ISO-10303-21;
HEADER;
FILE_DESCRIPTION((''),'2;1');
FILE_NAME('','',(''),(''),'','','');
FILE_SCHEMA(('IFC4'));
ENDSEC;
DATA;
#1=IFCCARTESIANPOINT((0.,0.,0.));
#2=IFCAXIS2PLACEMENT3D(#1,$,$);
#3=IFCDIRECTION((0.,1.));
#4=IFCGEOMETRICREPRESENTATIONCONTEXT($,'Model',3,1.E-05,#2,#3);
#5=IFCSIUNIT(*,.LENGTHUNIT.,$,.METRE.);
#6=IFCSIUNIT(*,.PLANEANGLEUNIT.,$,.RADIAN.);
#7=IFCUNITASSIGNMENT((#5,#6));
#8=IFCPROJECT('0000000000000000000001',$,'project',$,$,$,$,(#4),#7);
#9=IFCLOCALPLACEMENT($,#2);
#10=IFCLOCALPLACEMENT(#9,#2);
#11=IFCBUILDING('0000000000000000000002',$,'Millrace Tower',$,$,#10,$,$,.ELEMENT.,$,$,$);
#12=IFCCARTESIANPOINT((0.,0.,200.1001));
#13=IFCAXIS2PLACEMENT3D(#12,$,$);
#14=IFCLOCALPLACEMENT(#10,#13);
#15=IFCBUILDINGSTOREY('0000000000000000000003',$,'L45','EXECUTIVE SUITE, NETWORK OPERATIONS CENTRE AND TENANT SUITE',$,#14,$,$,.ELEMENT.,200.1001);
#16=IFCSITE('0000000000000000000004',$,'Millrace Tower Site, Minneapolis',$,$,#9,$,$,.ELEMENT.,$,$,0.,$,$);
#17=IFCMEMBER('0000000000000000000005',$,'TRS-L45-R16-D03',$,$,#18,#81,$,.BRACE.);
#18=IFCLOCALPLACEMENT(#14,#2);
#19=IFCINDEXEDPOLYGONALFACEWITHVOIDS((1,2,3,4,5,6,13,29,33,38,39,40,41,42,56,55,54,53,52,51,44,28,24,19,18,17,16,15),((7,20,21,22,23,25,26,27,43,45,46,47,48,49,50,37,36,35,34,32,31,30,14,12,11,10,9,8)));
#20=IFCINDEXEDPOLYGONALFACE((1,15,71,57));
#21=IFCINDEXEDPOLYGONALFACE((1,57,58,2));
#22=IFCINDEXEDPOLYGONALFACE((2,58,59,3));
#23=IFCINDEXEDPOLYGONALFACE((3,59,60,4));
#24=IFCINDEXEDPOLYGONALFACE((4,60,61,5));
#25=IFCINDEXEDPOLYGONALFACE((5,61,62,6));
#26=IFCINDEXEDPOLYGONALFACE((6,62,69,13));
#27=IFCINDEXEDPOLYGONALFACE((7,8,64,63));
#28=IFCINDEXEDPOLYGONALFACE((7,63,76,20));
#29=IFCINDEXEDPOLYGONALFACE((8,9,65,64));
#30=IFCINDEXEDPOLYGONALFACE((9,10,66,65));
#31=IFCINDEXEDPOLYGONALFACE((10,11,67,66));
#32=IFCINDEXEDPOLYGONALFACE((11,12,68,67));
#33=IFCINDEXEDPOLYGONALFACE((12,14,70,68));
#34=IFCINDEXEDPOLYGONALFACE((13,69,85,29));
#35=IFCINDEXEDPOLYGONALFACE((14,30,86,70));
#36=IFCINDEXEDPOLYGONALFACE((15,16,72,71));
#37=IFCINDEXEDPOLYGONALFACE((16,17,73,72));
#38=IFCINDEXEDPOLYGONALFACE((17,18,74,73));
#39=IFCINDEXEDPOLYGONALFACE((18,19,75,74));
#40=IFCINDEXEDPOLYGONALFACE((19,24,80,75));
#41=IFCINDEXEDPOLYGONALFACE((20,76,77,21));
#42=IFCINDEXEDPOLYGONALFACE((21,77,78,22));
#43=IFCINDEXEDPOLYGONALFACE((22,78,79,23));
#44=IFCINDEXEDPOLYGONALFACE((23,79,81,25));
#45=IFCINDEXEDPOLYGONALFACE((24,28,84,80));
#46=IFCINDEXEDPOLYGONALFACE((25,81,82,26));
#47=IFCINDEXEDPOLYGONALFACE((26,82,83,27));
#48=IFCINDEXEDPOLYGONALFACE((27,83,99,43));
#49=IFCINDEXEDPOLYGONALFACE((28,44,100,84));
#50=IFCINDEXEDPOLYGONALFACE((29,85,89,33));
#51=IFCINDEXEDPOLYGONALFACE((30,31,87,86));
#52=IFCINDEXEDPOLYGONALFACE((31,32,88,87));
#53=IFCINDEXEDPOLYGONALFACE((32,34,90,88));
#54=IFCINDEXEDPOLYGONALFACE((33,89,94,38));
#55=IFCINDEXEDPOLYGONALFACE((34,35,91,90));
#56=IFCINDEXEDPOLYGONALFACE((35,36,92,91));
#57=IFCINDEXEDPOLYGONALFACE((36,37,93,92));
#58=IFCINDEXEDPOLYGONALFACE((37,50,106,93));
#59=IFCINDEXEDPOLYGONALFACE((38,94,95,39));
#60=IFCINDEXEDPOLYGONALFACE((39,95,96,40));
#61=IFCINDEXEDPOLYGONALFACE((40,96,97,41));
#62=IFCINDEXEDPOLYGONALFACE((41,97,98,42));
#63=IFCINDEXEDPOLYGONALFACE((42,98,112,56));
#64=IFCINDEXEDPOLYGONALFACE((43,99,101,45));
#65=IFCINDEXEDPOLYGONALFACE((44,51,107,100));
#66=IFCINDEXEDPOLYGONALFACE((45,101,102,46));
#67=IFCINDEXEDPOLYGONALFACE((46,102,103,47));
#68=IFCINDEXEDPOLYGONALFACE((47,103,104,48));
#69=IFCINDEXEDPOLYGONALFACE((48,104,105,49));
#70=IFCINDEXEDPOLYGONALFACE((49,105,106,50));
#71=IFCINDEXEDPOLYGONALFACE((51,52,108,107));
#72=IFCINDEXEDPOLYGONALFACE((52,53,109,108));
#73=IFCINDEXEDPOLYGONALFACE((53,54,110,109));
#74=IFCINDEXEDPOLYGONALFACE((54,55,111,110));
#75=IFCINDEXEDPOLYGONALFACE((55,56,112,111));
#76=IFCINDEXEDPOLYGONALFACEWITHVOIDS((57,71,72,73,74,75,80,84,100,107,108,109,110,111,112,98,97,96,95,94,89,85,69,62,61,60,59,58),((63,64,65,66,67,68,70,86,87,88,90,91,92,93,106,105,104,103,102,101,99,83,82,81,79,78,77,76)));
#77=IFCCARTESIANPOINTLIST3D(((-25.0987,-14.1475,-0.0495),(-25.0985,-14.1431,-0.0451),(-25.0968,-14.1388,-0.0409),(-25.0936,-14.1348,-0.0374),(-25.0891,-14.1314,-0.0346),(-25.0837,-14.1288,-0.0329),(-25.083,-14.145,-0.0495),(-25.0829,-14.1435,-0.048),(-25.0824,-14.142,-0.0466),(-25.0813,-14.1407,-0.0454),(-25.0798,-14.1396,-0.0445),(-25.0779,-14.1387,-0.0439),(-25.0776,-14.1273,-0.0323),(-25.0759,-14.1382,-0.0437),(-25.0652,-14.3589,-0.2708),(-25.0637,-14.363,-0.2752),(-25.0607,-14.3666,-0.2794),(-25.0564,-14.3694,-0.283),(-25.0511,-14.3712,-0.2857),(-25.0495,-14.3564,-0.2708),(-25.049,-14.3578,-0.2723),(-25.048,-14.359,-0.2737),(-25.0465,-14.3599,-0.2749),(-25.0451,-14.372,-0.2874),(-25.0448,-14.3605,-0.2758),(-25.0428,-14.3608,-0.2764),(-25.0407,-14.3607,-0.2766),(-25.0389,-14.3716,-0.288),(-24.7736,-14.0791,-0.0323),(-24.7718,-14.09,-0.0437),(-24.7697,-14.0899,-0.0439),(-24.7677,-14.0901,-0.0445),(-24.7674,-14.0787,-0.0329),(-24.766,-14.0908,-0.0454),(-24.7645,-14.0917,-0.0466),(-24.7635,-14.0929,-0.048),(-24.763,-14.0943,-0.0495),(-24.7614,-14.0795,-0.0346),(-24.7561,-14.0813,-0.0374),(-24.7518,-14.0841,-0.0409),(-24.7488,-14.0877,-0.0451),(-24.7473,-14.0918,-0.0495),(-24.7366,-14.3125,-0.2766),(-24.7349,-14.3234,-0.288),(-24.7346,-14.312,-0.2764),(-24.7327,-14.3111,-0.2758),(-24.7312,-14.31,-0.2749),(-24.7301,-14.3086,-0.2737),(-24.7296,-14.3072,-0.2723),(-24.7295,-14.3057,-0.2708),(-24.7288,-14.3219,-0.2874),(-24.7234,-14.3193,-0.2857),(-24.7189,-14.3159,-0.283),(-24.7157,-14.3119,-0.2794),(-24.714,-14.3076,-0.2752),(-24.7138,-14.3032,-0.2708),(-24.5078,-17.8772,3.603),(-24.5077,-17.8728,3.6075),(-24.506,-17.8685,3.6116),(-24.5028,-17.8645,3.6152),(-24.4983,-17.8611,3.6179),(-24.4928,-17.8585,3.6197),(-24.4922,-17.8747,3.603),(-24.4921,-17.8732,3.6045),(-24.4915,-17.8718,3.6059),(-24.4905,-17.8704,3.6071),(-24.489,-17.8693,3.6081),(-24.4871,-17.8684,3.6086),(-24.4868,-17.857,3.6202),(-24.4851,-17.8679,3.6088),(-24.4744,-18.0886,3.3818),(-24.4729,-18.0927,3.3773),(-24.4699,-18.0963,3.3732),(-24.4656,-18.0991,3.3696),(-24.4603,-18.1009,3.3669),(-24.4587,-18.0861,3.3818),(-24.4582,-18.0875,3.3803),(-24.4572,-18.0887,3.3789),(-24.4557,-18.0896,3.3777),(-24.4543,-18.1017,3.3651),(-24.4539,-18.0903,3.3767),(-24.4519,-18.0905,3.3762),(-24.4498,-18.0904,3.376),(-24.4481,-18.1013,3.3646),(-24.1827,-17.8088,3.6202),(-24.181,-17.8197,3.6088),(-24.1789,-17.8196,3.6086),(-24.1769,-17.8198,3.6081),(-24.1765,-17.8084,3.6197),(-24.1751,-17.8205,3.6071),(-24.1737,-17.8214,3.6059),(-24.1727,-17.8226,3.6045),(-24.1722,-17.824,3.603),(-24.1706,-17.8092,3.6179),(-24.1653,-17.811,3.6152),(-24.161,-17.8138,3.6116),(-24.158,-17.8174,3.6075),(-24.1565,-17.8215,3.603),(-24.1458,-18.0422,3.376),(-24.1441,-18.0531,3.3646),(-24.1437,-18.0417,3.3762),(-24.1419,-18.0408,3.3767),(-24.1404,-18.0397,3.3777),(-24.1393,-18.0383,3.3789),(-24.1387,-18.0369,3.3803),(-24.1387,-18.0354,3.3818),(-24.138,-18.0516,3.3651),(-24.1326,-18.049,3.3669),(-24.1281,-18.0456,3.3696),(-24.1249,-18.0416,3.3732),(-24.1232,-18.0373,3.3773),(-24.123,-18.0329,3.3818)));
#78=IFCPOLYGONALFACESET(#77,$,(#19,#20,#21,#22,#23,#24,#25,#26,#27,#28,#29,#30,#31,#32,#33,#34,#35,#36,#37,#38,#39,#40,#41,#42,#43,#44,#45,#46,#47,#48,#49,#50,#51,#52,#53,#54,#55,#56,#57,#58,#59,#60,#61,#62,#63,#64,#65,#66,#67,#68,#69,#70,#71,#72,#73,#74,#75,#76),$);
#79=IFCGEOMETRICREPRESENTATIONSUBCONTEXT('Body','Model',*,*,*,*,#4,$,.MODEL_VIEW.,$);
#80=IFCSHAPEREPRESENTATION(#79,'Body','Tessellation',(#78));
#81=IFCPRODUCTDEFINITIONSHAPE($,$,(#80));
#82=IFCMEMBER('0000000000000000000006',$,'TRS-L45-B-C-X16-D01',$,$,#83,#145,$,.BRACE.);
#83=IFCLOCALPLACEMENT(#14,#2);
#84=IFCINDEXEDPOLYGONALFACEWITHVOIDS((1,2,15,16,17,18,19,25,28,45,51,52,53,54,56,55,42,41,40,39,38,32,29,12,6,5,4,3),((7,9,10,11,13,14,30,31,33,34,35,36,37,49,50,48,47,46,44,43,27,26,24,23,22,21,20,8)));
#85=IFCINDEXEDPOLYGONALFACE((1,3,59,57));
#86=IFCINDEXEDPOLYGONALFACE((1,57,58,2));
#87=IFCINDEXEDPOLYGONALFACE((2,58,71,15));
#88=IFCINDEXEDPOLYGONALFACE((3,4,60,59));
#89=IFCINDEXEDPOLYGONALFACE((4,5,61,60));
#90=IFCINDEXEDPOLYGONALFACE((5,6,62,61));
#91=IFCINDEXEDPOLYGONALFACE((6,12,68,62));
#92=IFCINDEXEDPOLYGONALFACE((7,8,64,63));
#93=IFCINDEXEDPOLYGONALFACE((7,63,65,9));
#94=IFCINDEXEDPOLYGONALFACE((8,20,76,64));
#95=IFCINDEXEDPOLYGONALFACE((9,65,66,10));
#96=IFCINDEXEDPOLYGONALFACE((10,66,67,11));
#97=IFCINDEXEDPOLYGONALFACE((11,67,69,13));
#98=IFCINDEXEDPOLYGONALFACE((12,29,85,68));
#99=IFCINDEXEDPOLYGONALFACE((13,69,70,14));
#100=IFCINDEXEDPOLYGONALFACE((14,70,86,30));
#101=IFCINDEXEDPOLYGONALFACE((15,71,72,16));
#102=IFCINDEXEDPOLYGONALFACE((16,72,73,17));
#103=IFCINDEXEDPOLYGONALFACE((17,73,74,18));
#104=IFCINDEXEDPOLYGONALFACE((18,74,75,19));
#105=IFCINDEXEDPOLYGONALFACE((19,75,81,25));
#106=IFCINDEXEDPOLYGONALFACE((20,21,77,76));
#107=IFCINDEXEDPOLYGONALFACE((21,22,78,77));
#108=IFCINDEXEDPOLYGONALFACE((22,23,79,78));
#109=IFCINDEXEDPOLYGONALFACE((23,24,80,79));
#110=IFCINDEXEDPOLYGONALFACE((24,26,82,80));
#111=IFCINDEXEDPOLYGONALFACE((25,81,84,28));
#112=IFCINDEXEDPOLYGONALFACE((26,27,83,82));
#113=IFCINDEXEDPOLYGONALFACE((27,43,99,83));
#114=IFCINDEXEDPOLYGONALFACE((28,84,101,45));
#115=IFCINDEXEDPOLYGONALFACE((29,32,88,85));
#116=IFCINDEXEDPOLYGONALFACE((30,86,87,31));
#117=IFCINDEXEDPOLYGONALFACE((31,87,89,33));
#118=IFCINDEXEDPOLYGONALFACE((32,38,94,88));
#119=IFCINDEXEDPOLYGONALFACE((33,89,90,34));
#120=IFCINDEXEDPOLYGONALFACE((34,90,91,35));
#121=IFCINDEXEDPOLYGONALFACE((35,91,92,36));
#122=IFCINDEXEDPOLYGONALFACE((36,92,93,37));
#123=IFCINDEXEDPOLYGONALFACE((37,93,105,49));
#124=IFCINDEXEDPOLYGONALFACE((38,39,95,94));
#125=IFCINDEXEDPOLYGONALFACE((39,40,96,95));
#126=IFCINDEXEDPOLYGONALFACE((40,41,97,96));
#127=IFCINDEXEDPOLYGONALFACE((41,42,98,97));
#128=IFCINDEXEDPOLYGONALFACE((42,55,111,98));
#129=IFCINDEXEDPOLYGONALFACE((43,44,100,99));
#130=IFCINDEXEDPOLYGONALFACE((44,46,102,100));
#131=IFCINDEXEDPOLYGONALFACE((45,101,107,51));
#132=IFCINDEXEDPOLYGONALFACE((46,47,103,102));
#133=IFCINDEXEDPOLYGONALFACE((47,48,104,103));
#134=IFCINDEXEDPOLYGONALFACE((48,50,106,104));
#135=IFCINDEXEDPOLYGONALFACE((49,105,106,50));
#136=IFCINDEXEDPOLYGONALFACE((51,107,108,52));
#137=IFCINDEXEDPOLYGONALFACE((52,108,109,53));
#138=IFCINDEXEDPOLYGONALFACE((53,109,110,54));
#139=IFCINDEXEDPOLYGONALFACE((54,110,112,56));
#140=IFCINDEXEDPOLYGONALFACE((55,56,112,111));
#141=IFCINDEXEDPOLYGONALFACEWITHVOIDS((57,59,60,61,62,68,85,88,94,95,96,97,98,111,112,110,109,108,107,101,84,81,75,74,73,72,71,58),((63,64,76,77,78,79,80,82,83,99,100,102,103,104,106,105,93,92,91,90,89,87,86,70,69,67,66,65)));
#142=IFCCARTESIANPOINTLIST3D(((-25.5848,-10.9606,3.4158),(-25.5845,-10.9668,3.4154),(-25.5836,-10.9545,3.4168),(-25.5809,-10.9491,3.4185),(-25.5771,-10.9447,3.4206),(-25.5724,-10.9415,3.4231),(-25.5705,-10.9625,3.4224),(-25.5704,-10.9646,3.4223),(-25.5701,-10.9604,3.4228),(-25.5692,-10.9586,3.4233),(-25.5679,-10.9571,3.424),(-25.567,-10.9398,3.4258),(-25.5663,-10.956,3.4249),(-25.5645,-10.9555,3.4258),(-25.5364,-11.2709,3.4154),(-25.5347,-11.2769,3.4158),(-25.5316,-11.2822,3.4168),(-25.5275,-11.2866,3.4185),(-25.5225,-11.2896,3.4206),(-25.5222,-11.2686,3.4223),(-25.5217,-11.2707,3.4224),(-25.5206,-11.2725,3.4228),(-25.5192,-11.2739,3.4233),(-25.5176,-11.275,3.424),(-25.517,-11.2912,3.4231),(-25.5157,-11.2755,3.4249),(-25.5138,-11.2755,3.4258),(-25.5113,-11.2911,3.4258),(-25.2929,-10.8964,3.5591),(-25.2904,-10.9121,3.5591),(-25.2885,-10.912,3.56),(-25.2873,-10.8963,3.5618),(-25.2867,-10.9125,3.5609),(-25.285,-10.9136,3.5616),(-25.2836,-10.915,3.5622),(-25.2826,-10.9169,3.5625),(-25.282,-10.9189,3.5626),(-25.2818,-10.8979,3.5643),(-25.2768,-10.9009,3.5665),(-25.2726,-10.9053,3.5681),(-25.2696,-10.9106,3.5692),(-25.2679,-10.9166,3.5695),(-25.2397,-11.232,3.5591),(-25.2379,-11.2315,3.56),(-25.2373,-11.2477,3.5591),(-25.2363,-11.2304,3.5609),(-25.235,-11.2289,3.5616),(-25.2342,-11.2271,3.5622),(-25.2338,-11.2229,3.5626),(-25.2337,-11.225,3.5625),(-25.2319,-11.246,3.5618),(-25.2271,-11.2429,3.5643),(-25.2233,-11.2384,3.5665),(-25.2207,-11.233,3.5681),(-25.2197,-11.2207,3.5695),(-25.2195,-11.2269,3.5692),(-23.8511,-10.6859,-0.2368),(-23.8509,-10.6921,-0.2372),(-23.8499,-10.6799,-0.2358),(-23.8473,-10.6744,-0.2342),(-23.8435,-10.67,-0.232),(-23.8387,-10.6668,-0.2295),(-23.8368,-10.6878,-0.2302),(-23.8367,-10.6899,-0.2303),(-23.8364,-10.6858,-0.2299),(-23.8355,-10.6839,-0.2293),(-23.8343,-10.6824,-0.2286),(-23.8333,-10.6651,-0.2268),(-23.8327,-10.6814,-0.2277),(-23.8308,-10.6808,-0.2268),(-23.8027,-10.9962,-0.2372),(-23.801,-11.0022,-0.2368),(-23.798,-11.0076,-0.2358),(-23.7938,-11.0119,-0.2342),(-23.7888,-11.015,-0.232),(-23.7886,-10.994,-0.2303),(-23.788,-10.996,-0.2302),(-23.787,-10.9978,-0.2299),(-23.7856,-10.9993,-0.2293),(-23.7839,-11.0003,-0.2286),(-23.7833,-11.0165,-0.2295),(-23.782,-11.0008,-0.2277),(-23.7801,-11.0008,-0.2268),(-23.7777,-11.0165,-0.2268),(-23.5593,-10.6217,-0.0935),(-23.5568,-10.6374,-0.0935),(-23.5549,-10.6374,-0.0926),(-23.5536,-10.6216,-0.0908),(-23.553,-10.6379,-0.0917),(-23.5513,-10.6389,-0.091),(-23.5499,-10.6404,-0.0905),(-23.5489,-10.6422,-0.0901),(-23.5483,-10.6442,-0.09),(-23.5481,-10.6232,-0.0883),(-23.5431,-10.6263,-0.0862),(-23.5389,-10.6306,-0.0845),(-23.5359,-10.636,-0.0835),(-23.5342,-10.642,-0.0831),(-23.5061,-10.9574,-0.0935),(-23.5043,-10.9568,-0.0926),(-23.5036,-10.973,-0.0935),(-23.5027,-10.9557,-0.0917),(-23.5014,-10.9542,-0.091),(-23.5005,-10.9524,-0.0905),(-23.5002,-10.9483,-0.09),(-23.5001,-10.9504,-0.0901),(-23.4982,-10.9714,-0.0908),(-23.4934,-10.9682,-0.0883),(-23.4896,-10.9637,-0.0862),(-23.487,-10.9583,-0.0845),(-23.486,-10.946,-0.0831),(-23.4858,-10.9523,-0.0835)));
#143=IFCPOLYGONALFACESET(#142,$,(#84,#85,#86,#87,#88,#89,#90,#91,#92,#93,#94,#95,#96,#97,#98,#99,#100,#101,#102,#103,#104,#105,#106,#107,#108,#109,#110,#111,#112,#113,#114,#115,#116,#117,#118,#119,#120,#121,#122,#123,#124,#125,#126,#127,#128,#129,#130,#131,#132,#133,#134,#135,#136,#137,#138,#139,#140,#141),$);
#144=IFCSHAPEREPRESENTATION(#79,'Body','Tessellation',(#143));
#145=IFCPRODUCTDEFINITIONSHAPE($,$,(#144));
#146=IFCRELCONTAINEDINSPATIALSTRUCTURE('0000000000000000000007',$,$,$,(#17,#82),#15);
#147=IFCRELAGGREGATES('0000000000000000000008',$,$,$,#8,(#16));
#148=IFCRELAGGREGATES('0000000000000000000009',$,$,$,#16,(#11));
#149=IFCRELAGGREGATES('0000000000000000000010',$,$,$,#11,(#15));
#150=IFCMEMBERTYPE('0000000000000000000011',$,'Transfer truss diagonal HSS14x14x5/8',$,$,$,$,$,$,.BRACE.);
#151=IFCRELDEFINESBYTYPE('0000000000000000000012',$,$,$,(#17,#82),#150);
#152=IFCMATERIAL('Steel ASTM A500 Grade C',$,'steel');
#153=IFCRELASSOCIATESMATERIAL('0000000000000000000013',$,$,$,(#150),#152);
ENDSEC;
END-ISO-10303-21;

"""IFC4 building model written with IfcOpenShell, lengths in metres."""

from ifc_helpers import new_model, si_unit, direction, frame, origin, origin_2d, place, context, subcontext, project, spatial, hollow_rectangle, extrude, material, material_profile, profile_set, type_object, element, save


model = new_model("IFC4")

# Units and contexts
model_context = context("Model", 3, precision=1e-05, world=origin(), true_north=direction((0.0, 1.0)))
body_context = subcontext(model_context, "Body", "Model", "MODEL_VIEW")
ifc_project = project(units=[si_unit("LENGTHUNIT", "METRE"), si_unit("PLANEANGLEUNIT", "RADIAN")], contexts=[model_context])

# Site, building, storey
site_placement = place(None, origin())
site = spatial("IfcSite", under=ifc_project, at=site_placement, Name="Millrace Tower Site, Minneapolis", CompositionType="ELEMENT", RefElevation=0.0)
building_placement = place(site_placement, origin())
building = spatial("IfcBuilding", under=site, at=building_placement, Name="Millrace Tower", CompositionType="ELEMENT")
storey_placement = place(building_placement, frame((0.0, 0.0, 200.1001)))
storey = spatial("IfcBuildingStorey", under=building, at=storey_placement, Name="L45", Description="EXECUTIVE SUITE, NETWORK OPERATIONS CENTRE AND TENANT SUITE", CompositionType="ELEMENT", Elevation=200.1001)

# Members
ifc_material_1 = material(Name="Steel ASTM A500 Grade C", Category="steel")
ifc_material_profile_1 = material_profile(ifc_material_1, hollow_rectangle(XDim=0.3557, YDim=0.3557, WallThickness=0.0159, InnerFilletRadius=0.0081, OuterFilletRadius=0.0239, at=origin_2d()))
ifc_profile_set_1 = profile_set([ifc_material_profile_1], Name="Steel ASTM A500 Grade C")
member_type_1 = type_object("IfcMemberType", Name="Transfer truss diagonal HSS14x14x5/8", PredefinedType="BRACE", material=ifc_profile_set_1)
member_1_placement = place(storey_placement, frame((-24.9062, -14.2253, -0.1602), z_axis=(0.112458, -0.709925, 0.695241), x_axis=(0.987685, 0.156457, 0.0)))
element("IfcMember", 1, at=member_1_placement, inside=storey, type_object=member_type_1, Name="TRS-L45-R16-D03", PredefinedType="BRACE", context=body_context, shape_type="SweptSolid", body=[
    extrude(hollow_rectangle(XDim=0.3557, YDim=0.3557, WallThickness=0.0159, InnerFilletRadius=0.0081, OuterFilletRadius=0.0239, at=origin_2d()), origin(), (0.0, 0.0, 1.0), 5.2537),
])
member_2_placement = place(storey_placement, frame((-23.6685, -10.8191, -0.1602), z_axis=(-0.427801, -0.067776, 0.901328), x_axis=(0.156477, -0.987682, 0.0)))
element("IfcMember", 2, at=member_2_placement, inside=storey, type_object=member_type_1, Name="TRS-L45-B-C-X16-D01", PredefinedType="BRACE", context=body_context, shape_type="SweptSolid", body=[
    extrude(hollow_rectangle(XDim=0.3557, YDim=0.3557, WallThickness=0.0159, InnerFilletRadius=0.0081, OuterFilletRadius=0.0239, at=origin_2d()), origin(), (0.0, 0.0, 1.0), 4.0525),
])

save(model, "model.ifc")
